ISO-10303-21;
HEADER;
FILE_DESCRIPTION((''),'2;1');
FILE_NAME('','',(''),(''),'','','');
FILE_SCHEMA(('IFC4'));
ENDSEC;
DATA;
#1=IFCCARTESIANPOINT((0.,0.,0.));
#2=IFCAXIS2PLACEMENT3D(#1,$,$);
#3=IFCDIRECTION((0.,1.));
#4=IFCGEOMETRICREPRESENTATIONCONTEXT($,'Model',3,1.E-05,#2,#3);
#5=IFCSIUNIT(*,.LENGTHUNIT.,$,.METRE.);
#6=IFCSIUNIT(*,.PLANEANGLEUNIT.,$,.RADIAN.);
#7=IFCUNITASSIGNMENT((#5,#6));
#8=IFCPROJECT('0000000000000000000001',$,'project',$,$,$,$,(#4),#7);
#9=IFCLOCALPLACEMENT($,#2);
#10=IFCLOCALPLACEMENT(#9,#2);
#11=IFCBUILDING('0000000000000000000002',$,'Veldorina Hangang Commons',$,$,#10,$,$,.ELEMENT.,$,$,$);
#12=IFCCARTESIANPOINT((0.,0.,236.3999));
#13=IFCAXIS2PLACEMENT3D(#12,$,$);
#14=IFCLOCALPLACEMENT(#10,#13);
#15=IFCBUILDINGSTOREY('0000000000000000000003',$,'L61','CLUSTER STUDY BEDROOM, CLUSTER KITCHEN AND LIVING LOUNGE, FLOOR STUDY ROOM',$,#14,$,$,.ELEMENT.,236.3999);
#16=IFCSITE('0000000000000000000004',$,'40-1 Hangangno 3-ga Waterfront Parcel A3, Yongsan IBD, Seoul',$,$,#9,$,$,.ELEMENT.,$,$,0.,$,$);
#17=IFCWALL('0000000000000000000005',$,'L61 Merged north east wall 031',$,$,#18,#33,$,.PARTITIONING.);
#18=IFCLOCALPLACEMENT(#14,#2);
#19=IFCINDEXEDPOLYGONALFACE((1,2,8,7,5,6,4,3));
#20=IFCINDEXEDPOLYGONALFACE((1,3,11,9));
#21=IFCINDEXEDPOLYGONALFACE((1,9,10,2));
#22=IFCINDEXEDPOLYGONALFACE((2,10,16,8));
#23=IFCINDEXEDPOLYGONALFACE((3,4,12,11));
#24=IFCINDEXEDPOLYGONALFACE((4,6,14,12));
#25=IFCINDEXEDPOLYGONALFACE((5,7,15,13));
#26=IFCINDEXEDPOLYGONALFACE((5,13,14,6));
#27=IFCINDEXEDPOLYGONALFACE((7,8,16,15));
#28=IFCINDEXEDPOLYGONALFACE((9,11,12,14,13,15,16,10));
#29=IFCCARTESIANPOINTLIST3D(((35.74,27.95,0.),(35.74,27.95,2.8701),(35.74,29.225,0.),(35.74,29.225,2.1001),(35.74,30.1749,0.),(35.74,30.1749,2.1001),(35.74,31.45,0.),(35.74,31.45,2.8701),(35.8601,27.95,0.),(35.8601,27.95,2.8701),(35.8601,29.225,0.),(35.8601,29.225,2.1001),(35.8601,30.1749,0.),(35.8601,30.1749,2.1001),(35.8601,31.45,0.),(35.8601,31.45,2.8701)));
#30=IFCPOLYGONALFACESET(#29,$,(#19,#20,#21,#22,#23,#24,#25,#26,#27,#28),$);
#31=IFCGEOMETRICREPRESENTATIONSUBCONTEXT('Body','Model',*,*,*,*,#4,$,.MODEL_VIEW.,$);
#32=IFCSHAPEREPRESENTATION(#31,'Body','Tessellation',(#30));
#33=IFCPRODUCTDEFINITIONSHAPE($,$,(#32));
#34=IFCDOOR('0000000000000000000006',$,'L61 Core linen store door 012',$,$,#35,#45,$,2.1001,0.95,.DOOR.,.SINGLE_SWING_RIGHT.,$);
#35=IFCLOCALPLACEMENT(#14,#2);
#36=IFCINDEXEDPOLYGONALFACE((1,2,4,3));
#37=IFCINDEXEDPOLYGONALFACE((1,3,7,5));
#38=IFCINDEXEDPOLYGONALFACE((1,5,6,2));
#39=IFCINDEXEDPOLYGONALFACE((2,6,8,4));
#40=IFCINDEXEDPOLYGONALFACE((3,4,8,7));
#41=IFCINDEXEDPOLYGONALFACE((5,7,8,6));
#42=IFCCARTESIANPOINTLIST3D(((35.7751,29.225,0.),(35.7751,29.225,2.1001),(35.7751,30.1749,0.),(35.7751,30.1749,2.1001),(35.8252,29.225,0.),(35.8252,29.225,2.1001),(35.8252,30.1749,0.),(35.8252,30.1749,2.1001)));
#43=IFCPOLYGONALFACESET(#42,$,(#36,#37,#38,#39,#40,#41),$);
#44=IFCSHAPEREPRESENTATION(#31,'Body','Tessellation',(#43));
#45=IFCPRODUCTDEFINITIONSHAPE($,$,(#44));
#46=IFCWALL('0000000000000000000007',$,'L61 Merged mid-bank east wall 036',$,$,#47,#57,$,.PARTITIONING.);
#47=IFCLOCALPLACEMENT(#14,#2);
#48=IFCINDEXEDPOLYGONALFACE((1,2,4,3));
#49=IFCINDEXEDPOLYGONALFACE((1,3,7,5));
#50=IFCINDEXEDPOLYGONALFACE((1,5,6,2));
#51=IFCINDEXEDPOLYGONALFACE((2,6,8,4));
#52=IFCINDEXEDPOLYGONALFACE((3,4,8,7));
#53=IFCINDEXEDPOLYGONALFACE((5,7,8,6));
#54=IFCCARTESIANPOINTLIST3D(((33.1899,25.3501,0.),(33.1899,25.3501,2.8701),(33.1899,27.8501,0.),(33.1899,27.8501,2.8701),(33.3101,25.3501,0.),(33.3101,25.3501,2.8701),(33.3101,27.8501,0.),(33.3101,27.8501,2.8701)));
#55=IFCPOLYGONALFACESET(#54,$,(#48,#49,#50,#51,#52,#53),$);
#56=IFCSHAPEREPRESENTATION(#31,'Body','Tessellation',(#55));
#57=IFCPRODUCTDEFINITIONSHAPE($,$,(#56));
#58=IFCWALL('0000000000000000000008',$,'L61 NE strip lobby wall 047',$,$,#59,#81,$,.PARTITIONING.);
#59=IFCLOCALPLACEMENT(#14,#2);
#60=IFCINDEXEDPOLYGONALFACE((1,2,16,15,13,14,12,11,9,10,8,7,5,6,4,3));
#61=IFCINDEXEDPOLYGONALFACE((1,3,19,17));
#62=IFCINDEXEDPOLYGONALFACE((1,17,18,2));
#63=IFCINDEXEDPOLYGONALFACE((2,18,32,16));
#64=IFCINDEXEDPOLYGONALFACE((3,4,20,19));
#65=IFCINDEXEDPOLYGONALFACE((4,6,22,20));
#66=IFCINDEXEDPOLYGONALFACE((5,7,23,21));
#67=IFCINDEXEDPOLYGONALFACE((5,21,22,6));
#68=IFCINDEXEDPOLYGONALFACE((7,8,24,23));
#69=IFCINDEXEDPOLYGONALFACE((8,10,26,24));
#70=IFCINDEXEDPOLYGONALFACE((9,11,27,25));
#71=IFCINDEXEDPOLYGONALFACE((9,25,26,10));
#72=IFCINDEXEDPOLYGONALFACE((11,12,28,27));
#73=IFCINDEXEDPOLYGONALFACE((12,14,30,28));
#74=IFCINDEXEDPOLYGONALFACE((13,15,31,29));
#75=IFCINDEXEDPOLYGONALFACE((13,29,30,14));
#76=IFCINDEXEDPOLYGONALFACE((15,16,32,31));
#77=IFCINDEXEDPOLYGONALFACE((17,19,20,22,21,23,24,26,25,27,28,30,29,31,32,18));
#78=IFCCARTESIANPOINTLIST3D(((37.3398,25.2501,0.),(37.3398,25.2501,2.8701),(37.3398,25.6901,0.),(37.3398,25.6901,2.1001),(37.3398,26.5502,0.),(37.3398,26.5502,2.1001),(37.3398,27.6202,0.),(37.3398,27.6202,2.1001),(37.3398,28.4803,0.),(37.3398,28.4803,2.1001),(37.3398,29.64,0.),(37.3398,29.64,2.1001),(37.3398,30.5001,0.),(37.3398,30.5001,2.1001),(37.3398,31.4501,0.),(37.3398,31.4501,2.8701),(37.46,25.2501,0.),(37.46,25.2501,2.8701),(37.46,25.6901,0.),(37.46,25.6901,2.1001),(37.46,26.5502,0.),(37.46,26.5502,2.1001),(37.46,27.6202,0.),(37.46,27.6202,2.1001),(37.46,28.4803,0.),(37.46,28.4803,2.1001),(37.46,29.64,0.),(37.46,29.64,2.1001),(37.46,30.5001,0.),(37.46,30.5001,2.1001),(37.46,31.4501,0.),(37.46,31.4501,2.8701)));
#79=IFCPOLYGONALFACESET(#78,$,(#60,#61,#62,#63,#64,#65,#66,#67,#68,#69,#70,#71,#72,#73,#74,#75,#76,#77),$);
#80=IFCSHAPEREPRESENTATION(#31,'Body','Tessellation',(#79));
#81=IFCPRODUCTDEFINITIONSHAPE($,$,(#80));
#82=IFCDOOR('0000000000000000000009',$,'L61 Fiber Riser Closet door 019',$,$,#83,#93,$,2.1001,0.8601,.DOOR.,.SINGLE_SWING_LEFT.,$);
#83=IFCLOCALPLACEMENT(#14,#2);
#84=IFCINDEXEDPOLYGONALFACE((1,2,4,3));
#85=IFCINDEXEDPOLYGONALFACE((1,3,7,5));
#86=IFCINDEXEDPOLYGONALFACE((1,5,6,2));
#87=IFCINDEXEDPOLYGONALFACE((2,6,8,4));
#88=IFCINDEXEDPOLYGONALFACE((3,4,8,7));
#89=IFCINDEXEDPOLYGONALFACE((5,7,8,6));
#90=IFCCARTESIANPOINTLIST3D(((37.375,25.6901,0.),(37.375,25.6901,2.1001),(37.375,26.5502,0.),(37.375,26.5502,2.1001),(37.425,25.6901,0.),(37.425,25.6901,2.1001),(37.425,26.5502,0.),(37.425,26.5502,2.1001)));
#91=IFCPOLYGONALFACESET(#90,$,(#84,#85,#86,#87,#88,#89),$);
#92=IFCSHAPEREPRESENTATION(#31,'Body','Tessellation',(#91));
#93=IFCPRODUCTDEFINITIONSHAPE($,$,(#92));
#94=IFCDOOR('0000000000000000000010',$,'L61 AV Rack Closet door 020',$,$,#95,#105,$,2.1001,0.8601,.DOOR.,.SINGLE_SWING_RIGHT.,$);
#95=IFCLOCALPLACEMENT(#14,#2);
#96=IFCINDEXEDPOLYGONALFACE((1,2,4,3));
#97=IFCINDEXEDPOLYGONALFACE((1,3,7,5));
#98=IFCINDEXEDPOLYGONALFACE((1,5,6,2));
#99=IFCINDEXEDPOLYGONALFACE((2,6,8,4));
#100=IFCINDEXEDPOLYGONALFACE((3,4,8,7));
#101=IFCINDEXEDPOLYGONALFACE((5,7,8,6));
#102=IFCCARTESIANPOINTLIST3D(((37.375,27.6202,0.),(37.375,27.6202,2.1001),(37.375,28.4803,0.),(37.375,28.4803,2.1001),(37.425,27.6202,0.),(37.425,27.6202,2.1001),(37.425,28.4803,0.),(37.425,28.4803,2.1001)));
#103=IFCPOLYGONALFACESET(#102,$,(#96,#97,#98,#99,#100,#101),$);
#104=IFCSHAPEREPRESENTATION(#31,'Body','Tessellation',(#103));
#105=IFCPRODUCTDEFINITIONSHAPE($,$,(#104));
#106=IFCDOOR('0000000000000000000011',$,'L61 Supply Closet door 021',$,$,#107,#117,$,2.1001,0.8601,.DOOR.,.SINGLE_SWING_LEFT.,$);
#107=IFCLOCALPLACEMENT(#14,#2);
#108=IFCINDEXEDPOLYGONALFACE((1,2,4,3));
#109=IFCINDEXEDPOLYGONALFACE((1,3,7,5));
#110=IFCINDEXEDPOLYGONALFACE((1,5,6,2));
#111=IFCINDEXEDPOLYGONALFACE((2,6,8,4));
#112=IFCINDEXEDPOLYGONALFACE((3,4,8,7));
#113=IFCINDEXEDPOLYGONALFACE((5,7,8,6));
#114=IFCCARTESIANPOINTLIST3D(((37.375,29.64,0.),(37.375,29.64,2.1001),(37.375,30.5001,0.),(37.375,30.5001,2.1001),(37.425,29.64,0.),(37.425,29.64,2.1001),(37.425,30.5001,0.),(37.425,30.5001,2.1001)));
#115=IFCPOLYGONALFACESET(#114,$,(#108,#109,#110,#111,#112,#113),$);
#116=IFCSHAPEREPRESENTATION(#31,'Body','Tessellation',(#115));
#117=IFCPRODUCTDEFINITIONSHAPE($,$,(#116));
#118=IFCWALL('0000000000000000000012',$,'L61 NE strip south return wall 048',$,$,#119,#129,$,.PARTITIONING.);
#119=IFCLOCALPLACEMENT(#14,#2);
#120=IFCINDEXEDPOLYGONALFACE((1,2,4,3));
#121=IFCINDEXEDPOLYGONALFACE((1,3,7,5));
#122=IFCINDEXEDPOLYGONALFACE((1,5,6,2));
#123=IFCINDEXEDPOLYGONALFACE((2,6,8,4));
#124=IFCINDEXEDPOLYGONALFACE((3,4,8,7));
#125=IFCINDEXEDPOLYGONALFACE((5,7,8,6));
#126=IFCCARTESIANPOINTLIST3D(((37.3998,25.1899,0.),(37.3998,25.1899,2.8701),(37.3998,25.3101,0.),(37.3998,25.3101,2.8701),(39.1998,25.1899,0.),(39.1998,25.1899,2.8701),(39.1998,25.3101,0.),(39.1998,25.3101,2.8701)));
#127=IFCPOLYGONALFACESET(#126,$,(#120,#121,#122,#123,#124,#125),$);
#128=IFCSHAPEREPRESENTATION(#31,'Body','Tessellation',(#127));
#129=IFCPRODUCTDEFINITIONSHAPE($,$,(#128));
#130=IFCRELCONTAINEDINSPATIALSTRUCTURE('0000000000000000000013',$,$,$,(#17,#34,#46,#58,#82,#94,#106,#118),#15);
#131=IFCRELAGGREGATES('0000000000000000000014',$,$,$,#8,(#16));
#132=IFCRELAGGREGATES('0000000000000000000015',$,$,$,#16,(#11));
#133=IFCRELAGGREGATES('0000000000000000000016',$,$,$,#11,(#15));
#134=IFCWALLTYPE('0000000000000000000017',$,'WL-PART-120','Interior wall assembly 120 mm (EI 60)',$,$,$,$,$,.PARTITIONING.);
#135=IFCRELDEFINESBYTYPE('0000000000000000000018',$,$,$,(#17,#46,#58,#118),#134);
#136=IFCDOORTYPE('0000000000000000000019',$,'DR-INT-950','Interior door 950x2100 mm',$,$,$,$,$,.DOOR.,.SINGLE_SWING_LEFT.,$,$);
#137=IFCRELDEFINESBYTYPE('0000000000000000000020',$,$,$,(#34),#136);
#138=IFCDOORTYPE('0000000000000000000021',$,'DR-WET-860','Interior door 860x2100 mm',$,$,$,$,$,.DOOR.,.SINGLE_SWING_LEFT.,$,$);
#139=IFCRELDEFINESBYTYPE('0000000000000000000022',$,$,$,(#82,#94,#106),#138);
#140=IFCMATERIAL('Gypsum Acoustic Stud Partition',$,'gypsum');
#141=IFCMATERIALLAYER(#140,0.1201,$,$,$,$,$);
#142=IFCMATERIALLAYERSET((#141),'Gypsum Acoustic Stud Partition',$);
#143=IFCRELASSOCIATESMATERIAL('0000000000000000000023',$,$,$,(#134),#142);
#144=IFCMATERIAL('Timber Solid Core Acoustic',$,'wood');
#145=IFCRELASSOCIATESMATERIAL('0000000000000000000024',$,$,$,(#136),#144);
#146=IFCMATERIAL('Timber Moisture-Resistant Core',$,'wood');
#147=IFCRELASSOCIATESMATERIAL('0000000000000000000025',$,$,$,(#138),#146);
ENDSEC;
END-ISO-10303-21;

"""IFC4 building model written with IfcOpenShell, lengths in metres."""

from ifc_helpers import new_model, si_unit, direction, frame, frame_2d, origin, place, context, subcontext, project, spatial, rectangle, extrude, material, layer, layer_set, type_object, element, fill, save


model = new_model("IFC4")

# Units and contexts
model_context = context("Model", 3, precision=1e-05, world=origin(), true_north=direction((0.0, 1.0)))
body_context = subcontext(model_context, "Body", "Model", "MODEL_VIEW")
ifc_project = project(units=[si_unit("LENGTHUNIT", "METRE"), si_unit("PLANEANGLEUNIT", "RADIAN")], contexts=[model_context])

# Site, building, storey
site_placement = place(None, origin())
site = spatial("IfcSite", under=ifc_project, at=site_placement, Name="40-1 Hangangno 3-ga Waterfront Parcel A3, Yongsan IBD, Seoul", CompositionType="ELEMENT", RefElevation=0.0)
building_placement = place(site_placement, origin())
building = spatial("IfcBuilding", under=site, at=building_placement, Name="Veldorina Hangang Commons", CompositionType="ELEMENT")
storey_placement = place(building_placement, frame((0.0, 0.0, 236.3999)))
storey = spatial("IfcBuildingStorey", under=building, at=storey_placement, Name="L61", Description="CLUSTER STUDY BEDROOM, CLUSTER KITCHEN AND LIVING LOUNGE, FLOOR STUDY ROOM", CompositionType="ELEMENT", Elevation=236.3999)

# Wall, opening, door
ifc_material_1 = material(Name="Gypsum Acoustic Stud Partition", Category="gypsum")
ifc_layer_1 = layer(ifc_material_1, 0.1201)
ifc_layer_set_1 = layer_set([ifc_layer_1], Name="Gypsum Acoustic Stud Partition")
wall_type_1 = type_object("IfcWallType", Name="WL-PART-120", Description="Interior wall assembly 120 mm (EI 60)", PredefinedType="PARTITIONING", material=ifc_layer_set_1)
wall_1_placement = place(storey_placement, frame((35.8, 27.95, 0.0), z_axis=(0.0, 0.0, 1.0), x_axis=(0.0, 1.0, 0.0)))
wall_1 = element("IfcWall", 1, at=wall_1_placement, inside=storey, type_object=wall_type_1, Name="L61 Merged north east wall 031", PredefinedType="PARTITIONING", context=body_context, shape_type="SweptSolid", body=[
    extrude(rectangle(XDim=3.5, YDim=0.1201, at=frame_2d((1.75, 0.0))), origin(), (0.0, 0.0, 1.0), 2.8701),
])
opening_1_placement = place(wall_1_placement, frame((1.2749, 0.0, 0.0)))
opening_1 = element("IfcOpeningElement", 2, at=opening_1_placement, cuts=wall_1, PredefinedType="OPENING", context=body_context, shape_type="SweptSolid", body=[
    extrude(rectangle(XDim=0.95, YDim=2.1001, at=frame_2d((0.4751, 1.05))), frame((0.0, 0.0701, 0.0), z_axis=(0.0, -1.0, 0.0), x_axis=(1.0, 0.0, 0.0)), (0.0, 0.0, 1.0), 0.1401),
])
ifc_material_2 = material(Name="Timber Solid Core Acoustic", Category="wood")
door_type_1 = type_object("IfcDoorType", Name="DR-INT-950", Description="Interior door 950x2100 mm", OperationType="SINGLE_SWING_LEFT", PredefinedType="DOOR", material=ifc_material_2)
door_1_placement = place(opening_1_placement, origin())
door_1 = element("IfcDoor", 3, at=door_1_placement, inside=storey, type_object=door_type_1, Name="L61 Core linen store door 012", OperationType="SINGLE_SWING_RIGHT", OverallHeight=2.1001, OverallWidth=0.95, PredefinedType="DOOR", context=body_context, shape_type="SweptSolid", body=[
    extrude(rectangle(XDim=0.95, YDim=2.1001, at=frame_2d((0.4751, 1.05))), frame((0.0, 0.0249, 0.0), z_axis=(0.0, -1.0, 0.0), x_axis=(1.0, 0.0, 0.0)), (0.0, 0.0, 1.0), 0.05),
])
fill(opening_1, door_1)

# Wall
wall_2_placement = place(storey_placement, frame((33.25, 25.3501, 0.0), z_axis=(0.0, 0.0, 1.0), x_axis=(0.0, 1.0, 0.0)))
element("IfcWall", 4, at=wall_2_placement, inside=storey, type_object=wall_type_1, Name="L61 Merged mid-bank east wall 036", PredefinedType="PARTITIONING", context=body_context, shape_type="SweptSolid", body=[
    extrude(rectangle(XDim=2.5, YDim=0.1201, at=frame_2d((1.25, 0.0))), origin(), (0.0, 0.0, 1.0), 2.8701),
])

# Wall, openings, doors
wall_3_placement = place(storey_placement, frame((37.3999, 25.25, 0.0), z_axis=(0.0, 0.0, 1.0), x_axis=(0.0, 1.0, 0.0)))
wall_3 = element("IfcWall", 5, at=wall_3_placement, inside=storey, type_object=wall_type_1, Name="L61 NE strip lobby wall 047", PredefinedType="PARTITIONING", context=body_context, shape_type="SweptSolid", body=[
    extrude(rectangle(XDim=6.2, YDim=0.1201, at=frame_2d((3.1001, 0.0))), origin(), (0.0, 0.0, 1.0), 2.8701),
])
opening_2_placement = place(wall_3_placement, frame((0.4399, 0.0, 0.0)))
opening_2 = element("IfcOpeningElement", 6, at=opening_2_placement, cuts=wall_3, PredefinedType="OPENING", context=body_context, shape_type="SweptSolid", body=[
    extrude(rectangle(XDim=0.8601, YDim=2.1001, at=frame_2d((0.4302, 1.05))), frame((0.0, 0.0701, 0.0), z_axis=(0.0, -1.0, 0.0), x_axis=(1.0, 0.0, 0.0)), (0.0, 0.0, 1.0), 0.1401),
])
opening_3_placement = place(wall_3_placement, frame((2.3701, 0.0, 0.0)))
opening_3 = element("IfcOpeningElement", 7, at=opening_3_placement, cuts=wall_3, PredefinedType="OPENING", context=body_context, shape_type="SweptSolid", body=[
    extrude(rectangle(XDim=0.8601, YDim=2.1001, at=frame_2d((0.4302, 1.05))), frame((0.0, 0.0701, 0.0), z_axis=(0.0, -1.0, 0.0), x_axis=(1.0, 0.0, 0.0)), (0.0, 0.0, 1.0), 0.1401),
])
opening_4_placement = place(wall_3_placement, frame((4.3899, 0.0, 0.0)))
opening_4 = element("IfcOpeningElement", 8, at=opening_4_placement, cuts=wall_3, PredefinedType="OPENING", context=body_context, shape_type="SweptSolid", body=[
    extrude(rectangle(XDim=0.8601, YDim=2.1001, at=frame_2d((0.4302, 1.05))), frame((0.0, 0.0701, 0.0), z_axis=(0.0, -1.0, 0.0), x_axis=(1.0, 0.0, 0.0)), (0.0, 0.0, 1.0), 0.1401),
])
ifc_material_3 = material(Name="Timber Moisture-Resistant Core", Category="wood")
door_type_2 = type_object("IfcDoorType", Name="DR-WET-860", Description="Interior door 860x2100 mm", OperationType="SINGLE_SWING_LEFT", PredefinedType="DOOR", material=ifc_material_3)
door_2_placement = place(opening_2_placement, origin())
door_2 = element("IfcDoor", 9, at=door_2_placement, inside=storey, type_object=door_type_2, Name="L61 Fiber Riser Closet door 019", OperationType="SINGLE_SWING_LEFT", OverallHeight=2.1001, OverallWidth=0.8601, PredefinedType="DOOR", context=body_context, shape_type="SweptSolid", body=[
    extrude(rectangle(XDim=0.8601, YDim=2.1001, at=frame_2d((0.4302, 1.05))), frame((0.0, 0.0249, 0.0), z_axis=(0.0, -1.0, 0.0), x_axis=(1.0, 0.0, 0.0)), (0.0, 0.0, 1.0), 0.05),
])
fill(opening_2, door_2)
door_3_placement = place(opening_3_placement, origin())
door_3 = element("IfcDoor", 10, at=door_3_placement, inside=storey, type_object=door_type_2, Name="L61 AV Rack Closet door 020", OperationType="SINGLE_SWING_RIGHT", OverallHeight=2.1001, OverallWidth=0.8601, PredefinedType="DOOR", context=body_context, shape_type="SweptSolid", body=[
    extrude(rectangle(XDim=0.8601, YDim=2.1001, at=frame_2d((0.4302, 1.05))), frame((0.0, 0.0249, 0.0), z_axis=(0.0, -1.0, 0.0), x_axis=(1.0, 0.0, 0.0)), (0.0, 0.0, 1.0), 0.05),
])
fill(opening_3, door_3)
door_4_placement = place(opening_4_placement, origin())
door_4 = element("IfcDoor", 11, at=door_4_placement, inside=storey, type_object=door_type_2, Name="L61 Supply Closet door 021", OperationType="SINGLE_SWING_LEFT", OverallHeight=2.1001, OverallWidth=0.8601, PredefinedType="DOOR", context=body_context, shape_type="SweptSolid", body=[
    extrude(rectangle(XDim=0.8601, YDim=2.1001, at=frame_2d((0.4302, 1.05))), frame((0.0, 0.0249, 0.0), z_axis=(0.0, -1.0, 0.0), x_axis=(1.0, 0.0, 0.0)), (0.0, 0.0, 1.0), 0.05),
])
fill(opening_4, door_4)

# Wall
wall_4_placement = place(storey_placement, frame((37.3999, 25.25, 0.0), z_axis=(0.0, 0.0, 1.0), x_axis=(1.0, 0.0, 0.0)))
element("IfcWall", 12, at=wall_4_placement, inside=storey, type_object=wall_type_1, Name="L61 NE strip south return wall 048", PredefinedType="PARTITIONING", context=body_context, shape_type="SweptSolid", body=[
    extrude(rectangle(XDim=1.8, YDim=0.1201, at=frame_2d((0.8999, 0.0))), origin(), (0.0, 0.0, 1.0), 2.8701),
])

save(model, "model.ifc")
